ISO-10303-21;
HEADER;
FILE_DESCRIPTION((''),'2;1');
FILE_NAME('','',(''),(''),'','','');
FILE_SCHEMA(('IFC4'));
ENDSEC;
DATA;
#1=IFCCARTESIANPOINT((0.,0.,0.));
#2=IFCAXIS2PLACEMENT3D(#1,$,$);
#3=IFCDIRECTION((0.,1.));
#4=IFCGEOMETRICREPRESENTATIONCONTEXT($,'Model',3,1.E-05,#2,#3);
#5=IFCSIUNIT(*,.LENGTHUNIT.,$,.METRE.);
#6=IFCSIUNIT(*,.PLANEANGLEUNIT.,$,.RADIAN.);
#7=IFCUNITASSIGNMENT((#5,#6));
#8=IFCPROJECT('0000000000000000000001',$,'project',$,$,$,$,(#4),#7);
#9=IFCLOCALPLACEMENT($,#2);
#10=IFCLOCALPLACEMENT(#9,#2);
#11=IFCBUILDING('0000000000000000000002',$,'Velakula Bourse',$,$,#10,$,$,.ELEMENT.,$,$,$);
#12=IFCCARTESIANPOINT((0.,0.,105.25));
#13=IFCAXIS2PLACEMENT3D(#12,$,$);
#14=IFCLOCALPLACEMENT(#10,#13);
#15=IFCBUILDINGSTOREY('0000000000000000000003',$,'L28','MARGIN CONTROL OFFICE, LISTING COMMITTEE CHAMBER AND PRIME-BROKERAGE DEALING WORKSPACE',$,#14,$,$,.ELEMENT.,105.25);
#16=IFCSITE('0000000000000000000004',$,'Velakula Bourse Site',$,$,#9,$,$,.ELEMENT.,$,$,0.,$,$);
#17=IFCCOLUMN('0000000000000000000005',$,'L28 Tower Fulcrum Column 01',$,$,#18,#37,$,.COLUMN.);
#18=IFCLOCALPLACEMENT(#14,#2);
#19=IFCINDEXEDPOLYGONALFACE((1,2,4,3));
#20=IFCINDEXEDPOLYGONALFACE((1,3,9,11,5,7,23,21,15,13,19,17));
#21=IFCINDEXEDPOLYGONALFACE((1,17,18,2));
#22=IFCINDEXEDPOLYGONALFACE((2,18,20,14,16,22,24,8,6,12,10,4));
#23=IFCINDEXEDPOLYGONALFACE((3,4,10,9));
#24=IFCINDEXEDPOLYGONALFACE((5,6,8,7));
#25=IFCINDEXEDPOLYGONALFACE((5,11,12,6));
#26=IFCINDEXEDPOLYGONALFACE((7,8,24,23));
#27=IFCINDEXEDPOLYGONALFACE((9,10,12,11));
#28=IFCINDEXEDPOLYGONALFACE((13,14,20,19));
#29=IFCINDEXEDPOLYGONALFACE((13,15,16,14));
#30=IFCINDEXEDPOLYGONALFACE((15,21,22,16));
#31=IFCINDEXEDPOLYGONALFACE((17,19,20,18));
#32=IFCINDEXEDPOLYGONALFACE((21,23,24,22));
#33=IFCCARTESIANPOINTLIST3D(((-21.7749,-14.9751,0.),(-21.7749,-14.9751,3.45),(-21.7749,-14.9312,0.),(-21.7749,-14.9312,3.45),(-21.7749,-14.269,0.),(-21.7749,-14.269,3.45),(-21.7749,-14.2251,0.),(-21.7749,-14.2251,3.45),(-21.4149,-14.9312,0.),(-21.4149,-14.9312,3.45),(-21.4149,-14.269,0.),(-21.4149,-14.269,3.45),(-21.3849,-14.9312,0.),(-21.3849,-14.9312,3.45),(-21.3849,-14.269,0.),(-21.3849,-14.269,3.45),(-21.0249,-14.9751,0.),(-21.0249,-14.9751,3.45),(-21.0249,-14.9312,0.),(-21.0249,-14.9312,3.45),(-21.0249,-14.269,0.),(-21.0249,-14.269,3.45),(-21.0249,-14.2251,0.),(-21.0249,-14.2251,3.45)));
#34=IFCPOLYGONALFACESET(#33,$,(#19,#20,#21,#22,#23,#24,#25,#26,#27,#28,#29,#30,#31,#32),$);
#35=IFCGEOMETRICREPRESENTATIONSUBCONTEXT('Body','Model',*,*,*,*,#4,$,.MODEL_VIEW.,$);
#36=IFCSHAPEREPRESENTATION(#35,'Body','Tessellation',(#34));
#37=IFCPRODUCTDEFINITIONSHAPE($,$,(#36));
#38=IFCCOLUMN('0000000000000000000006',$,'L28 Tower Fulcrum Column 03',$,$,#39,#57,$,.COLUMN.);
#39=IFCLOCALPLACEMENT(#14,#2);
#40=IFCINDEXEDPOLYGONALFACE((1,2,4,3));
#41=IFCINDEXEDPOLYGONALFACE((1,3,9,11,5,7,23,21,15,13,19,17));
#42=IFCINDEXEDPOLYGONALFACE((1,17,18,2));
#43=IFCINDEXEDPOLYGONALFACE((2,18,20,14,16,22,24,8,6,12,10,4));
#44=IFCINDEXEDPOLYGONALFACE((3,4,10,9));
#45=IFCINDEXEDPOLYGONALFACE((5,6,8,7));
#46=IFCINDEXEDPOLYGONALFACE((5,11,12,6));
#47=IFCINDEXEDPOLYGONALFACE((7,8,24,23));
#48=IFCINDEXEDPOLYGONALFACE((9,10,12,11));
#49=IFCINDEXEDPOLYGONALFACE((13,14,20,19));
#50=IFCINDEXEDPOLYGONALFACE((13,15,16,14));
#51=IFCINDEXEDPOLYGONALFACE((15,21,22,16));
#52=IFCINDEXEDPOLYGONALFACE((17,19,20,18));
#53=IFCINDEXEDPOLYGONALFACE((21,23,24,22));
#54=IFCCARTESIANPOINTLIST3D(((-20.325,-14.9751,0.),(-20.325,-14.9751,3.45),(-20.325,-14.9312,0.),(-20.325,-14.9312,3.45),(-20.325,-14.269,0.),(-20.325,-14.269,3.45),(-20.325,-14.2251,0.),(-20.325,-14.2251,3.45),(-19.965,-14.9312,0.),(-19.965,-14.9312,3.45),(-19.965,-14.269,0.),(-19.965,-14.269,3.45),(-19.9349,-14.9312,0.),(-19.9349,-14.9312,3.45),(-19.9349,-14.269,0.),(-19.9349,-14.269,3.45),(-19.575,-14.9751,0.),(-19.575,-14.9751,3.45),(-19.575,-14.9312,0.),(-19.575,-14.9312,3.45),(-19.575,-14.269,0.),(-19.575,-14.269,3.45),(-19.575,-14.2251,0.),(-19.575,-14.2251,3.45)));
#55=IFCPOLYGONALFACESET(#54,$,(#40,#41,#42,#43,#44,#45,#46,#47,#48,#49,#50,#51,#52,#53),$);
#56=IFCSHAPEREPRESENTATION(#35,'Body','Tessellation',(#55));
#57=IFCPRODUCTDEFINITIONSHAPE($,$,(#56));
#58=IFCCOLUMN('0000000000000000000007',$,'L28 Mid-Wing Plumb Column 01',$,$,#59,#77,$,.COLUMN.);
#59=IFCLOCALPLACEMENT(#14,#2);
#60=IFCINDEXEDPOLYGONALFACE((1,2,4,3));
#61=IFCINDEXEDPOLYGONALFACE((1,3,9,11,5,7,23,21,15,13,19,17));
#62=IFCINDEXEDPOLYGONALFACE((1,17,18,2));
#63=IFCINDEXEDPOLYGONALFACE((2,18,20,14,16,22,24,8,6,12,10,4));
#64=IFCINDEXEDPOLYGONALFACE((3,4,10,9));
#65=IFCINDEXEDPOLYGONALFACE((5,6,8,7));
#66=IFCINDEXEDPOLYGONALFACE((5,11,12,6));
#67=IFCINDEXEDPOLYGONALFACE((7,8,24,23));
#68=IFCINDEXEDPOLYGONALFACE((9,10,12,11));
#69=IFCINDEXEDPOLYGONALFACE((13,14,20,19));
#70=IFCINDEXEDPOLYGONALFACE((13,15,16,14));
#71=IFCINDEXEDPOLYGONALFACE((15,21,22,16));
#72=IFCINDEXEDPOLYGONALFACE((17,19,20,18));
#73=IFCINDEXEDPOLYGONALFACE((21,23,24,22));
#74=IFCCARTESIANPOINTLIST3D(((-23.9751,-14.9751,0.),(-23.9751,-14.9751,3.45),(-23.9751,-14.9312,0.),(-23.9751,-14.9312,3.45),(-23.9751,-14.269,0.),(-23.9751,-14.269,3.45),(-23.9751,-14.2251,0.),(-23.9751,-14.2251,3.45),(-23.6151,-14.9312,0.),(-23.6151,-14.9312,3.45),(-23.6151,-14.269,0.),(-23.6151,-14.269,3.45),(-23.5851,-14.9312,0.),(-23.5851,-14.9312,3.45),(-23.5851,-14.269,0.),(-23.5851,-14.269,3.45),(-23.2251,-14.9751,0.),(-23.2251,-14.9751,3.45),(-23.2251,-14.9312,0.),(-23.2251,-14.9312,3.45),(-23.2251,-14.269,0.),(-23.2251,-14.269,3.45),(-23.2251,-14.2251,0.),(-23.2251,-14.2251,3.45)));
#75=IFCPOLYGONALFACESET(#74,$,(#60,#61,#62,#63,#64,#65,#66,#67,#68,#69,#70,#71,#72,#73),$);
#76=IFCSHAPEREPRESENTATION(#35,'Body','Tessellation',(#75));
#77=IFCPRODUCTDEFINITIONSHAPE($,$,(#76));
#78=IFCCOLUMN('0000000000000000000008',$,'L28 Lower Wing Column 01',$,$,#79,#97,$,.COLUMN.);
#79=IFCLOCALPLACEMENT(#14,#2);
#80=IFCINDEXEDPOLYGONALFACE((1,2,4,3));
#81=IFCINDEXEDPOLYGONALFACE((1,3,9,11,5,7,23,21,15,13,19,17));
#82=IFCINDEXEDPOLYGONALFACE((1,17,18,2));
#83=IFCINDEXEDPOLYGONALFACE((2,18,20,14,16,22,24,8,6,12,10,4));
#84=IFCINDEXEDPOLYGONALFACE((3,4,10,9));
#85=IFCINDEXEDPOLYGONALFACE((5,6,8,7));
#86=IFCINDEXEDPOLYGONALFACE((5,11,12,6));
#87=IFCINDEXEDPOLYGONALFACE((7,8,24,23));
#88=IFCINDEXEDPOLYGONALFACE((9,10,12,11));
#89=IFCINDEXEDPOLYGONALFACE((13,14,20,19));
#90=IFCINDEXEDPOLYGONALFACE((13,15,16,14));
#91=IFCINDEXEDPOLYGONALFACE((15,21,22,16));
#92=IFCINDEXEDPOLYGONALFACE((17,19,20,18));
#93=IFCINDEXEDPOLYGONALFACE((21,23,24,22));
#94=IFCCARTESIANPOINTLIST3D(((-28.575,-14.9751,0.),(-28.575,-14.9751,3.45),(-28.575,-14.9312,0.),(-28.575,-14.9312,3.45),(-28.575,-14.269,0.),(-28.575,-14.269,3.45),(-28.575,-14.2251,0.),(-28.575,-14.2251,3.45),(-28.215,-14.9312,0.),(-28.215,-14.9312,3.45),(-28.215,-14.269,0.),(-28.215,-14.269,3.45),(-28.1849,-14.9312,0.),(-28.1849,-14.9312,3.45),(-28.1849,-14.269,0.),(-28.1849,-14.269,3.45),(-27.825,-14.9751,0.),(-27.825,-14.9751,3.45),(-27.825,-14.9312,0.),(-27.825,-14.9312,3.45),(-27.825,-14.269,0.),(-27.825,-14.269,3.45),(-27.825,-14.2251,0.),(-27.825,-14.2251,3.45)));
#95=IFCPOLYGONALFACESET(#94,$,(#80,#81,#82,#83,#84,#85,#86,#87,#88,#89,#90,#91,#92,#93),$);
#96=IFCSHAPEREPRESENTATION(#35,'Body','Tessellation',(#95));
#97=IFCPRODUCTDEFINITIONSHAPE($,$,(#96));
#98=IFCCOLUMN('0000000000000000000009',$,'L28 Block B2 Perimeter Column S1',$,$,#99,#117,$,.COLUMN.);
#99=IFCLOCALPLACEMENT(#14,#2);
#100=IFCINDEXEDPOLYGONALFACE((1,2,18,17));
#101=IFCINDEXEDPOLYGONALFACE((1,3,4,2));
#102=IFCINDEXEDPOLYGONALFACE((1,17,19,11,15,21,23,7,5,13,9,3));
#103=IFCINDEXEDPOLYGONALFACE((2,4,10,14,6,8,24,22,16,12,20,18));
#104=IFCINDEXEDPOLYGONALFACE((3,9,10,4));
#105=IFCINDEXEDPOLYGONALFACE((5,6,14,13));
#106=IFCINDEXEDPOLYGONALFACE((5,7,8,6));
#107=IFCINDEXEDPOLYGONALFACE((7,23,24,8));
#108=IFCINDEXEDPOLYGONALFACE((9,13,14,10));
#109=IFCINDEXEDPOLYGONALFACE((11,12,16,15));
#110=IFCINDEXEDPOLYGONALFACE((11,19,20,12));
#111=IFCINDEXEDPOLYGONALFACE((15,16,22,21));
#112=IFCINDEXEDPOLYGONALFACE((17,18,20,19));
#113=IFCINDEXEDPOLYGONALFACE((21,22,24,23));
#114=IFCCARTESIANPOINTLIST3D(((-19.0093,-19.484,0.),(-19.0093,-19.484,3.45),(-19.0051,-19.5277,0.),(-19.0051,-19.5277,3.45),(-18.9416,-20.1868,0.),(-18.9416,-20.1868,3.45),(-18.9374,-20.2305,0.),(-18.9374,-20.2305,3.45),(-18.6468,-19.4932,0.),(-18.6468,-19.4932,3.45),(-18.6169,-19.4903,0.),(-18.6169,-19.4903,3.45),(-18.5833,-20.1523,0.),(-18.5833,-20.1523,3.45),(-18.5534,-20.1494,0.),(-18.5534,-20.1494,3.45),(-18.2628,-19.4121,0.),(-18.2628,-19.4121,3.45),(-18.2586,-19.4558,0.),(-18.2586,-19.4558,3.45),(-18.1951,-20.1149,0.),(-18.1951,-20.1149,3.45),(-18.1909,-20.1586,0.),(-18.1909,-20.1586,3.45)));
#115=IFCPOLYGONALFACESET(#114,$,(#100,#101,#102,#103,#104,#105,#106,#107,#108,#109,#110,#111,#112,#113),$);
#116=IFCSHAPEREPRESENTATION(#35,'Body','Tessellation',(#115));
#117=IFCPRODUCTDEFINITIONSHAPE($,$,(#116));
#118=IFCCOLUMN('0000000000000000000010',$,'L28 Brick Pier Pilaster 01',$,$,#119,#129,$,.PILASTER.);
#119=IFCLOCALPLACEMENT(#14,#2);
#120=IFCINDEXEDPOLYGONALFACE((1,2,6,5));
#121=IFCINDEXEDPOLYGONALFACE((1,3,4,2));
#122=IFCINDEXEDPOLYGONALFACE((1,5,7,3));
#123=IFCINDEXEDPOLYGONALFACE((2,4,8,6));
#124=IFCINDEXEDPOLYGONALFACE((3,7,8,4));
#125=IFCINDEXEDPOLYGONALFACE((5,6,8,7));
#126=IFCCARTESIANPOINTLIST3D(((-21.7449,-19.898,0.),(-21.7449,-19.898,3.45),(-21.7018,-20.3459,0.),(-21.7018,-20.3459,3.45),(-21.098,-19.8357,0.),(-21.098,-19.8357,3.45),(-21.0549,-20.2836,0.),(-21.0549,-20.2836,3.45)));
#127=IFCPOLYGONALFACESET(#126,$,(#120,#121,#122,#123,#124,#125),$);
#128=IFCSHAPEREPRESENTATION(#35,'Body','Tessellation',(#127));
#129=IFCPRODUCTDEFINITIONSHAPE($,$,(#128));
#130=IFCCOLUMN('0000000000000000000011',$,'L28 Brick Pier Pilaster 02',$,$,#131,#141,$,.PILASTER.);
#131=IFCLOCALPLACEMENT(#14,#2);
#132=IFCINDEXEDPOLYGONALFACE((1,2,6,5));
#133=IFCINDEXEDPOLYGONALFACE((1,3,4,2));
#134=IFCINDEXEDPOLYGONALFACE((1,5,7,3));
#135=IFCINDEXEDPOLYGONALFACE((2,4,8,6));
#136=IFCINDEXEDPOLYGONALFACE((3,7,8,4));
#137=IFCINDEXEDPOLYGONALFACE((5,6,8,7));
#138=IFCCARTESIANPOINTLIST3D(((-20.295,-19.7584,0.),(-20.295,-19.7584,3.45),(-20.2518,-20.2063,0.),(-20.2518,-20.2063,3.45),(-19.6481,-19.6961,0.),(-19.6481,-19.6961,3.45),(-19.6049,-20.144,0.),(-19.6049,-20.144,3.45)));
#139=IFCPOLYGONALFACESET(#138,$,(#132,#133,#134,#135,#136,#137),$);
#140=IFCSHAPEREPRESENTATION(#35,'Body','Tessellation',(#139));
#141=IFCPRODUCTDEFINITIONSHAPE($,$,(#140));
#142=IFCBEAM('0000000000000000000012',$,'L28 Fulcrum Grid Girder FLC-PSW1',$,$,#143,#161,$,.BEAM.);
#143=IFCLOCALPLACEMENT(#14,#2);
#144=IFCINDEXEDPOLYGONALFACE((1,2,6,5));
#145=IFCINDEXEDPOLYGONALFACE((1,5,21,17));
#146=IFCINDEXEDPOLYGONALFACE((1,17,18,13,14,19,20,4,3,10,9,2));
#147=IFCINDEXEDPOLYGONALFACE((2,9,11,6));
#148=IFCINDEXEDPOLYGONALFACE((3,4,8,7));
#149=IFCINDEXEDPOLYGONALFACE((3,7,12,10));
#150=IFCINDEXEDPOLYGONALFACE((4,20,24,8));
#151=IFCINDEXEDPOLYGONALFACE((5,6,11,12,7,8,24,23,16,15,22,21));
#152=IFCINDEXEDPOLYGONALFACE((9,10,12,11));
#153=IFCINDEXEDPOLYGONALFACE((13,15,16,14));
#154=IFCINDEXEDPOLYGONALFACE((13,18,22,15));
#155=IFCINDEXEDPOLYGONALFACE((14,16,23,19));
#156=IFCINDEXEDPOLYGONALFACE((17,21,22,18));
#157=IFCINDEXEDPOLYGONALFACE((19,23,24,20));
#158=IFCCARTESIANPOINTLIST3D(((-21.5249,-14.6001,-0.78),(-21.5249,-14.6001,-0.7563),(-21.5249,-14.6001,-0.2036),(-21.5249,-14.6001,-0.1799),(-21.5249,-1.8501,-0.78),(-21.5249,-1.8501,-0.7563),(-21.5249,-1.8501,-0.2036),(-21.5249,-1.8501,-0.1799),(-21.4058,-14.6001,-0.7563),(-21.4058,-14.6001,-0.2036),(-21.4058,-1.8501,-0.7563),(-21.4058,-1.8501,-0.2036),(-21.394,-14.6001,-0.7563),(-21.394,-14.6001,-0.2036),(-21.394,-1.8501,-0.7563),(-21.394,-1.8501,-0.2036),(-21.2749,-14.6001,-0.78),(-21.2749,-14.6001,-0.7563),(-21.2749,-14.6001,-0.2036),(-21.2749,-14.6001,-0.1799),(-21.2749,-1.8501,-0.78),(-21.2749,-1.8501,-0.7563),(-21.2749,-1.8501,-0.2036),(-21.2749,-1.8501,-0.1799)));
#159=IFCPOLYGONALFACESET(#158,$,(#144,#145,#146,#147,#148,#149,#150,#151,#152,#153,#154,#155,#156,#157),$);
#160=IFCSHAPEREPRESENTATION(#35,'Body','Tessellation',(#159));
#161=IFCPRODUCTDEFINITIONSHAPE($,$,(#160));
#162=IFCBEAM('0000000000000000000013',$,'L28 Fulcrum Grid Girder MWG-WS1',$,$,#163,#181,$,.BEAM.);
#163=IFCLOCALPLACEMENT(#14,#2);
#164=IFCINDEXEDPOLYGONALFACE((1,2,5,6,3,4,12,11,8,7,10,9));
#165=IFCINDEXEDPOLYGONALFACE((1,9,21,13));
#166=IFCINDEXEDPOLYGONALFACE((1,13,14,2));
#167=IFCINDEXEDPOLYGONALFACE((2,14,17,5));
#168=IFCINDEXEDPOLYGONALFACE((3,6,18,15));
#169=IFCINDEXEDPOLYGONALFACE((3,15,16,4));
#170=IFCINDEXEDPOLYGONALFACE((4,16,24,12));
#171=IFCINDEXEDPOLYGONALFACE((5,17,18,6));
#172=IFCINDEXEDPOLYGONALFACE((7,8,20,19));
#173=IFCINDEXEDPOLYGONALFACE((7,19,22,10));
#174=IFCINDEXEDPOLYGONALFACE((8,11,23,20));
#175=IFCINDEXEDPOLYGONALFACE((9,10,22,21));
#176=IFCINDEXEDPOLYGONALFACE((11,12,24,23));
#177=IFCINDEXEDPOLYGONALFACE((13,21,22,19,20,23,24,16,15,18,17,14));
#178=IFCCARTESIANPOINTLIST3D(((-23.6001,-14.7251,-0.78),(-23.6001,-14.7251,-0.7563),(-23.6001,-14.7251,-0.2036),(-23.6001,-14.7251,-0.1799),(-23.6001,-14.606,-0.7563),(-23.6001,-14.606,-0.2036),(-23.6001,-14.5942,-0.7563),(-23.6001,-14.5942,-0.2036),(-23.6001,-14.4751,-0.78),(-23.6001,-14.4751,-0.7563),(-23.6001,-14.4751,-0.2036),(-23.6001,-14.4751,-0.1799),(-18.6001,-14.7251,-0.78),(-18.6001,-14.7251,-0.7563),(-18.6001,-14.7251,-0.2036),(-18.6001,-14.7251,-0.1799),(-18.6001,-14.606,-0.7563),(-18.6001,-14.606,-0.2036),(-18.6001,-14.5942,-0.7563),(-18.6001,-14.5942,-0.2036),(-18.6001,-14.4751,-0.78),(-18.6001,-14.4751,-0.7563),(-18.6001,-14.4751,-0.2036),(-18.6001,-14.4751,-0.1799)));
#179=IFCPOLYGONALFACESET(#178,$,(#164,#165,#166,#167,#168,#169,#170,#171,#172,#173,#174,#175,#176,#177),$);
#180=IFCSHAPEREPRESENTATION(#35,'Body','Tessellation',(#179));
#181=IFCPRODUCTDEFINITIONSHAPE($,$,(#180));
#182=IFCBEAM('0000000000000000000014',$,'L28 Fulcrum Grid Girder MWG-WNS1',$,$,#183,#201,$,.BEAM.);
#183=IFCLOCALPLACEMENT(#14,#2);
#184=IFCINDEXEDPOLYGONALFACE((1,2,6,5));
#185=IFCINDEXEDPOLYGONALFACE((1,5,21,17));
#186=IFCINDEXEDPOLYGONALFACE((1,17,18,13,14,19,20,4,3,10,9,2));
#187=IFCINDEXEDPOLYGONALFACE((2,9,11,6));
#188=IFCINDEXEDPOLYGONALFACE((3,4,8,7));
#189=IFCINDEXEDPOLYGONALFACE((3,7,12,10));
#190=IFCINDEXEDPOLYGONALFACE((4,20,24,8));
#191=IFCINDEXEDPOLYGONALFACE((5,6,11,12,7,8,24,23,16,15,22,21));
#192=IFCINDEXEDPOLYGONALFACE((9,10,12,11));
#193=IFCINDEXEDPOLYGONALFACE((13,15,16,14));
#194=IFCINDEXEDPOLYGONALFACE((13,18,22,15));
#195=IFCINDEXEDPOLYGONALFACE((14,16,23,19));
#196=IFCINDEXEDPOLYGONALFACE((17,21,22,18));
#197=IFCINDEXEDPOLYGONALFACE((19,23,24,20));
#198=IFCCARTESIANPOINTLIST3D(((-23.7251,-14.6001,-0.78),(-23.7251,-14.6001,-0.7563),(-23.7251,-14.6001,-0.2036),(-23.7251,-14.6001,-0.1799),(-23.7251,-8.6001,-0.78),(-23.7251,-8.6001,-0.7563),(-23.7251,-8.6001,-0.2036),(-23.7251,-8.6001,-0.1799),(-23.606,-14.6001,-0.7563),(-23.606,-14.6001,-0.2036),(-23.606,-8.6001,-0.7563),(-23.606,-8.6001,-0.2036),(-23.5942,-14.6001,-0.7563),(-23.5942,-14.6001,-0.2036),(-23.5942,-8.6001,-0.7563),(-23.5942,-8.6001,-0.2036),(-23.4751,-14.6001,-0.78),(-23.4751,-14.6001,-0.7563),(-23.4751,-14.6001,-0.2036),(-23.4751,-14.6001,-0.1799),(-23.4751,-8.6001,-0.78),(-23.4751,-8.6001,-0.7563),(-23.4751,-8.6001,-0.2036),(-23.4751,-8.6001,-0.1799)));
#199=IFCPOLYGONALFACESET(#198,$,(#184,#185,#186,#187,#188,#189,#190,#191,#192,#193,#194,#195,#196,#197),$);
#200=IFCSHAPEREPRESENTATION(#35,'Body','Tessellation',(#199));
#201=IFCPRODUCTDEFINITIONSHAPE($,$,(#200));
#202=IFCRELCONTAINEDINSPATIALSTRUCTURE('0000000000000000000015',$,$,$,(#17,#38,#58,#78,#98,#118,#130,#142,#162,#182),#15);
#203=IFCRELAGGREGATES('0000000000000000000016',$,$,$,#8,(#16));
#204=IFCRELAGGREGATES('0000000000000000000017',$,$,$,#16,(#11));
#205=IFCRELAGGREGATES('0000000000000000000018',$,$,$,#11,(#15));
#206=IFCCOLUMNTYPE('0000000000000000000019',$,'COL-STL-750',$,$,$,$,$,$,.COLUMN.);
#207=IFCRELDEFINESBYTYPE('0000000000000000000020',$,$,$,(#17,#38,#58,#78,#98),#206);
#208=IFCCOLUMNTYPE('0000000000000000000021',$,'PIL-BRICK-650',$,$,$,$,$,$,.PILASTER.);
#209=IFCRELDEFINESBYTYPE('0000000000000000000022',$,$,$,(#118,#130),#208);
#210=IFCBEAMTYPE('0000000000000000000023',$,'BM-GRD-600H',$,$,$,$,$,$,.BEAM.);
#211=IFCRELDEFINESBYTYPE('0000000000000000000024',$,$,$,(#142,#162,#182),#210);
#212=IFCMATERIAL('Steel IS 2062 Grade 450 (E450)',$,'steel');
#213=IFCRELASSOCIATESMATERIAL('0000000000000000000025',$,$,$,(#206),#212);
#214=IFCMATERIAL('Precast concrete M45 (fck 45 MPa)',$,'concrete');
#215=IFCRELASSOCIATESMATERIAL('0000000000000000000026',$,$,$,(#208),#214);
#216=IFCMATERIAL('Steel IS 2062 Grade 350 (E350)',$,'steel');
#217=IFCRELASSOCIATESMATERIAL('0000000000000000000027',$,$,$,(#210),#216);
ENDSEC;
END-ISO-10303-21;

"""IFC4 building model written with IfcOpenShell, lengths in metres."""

from ifc_helpers import new_model, si_unit, direction, frame, origin, origin_2d, place, context, subcontext, project, spatial, rectangle, i_section, extrude, material, material_profile, profile_set, type_object, element, save


model = new_model("IFC4")

# Units and contexts
model_context = context("Model", 3, precision=1e-05, world=origin(), true_north=direction((0.0, 1.0)))
body_context = subcontext(model_context, "Body", "Model", "MODEL_VIEW")
ifc_project = project(units=[si_unit("LENGTHUNIT", "METRE"), si_unit("PLANEANGLEUNIT", "RADIAN")], contexts=[model_context])

# Site, building, storey
site_placement = place(None, origin())
site = spatial("IfcSite", under=ifc_project, at=site_placement, Name="Velakula Bourse Site", CompositionType="ELEMENT", RefElevation=0.0)
building_placement = place(site_placement, origin())
building = spatial("IfcBuilding", under=site, at=building_placement, Name="Velakula Bourse", CompositionType="ELEMENT")
storey_placement = place(building_placement, frame((0.0, 0.0, 105.25)))
storey = spatial("IfcBuildingStorey", under=building, at=storey_placement, Name="L28", Description="MARGIN CONTROL OFFICE, LISTING COMMITTEE CHAMBER AND PRIME-BROKERAGE DEALING WORKSPACE", CompositionType="ELEMENT", Elevation=105.25)

# Columns
ifc_material_1 = material(Name="Steel IS 2062 Grade 450 (E450)", Category="steel")
ifc_material_profile_1 = material_profile(ifc_material_1, i_section(OverallWidth=0.75, OverallDepth=0.75, WebThickness=0.03, FlangeThickness=0.0439, at=origin_2d()), Name="Steel IS 2062 Grade 450 (E450)")
ifc_profile_set_1 = profile_set([ifc_material_profile_1], Name="Steel IS 2062 Grade 450 (E450)")
column_type_1 = type_object("IfcColumnType", Name="COL-STL-750", PredefinedType="COLUMN", material=ifc_profile_set_1)
for number, where, z_axis, x_axis, name in (
    (1, (-21.3999, -14.6001, 0.0), (0.0, 0.0, 1.0), (1.0, 0.0, 0.0), "L28 Tower Fulcrum Column 01"),
    (2, (-19.95, -14.6001, 0.0), (0.0, 0.0, 1.0), (1.0, 0.0, 0.0), "L28 Tower Fulcrum Column 03"),
    (3, (-23.6001, -14.6001, 0.0), (0.0, 0.0, 1.0), (1.0, 0.0, 0.0), "L28 Mid-Wing Plumb Column 01"),
    (4, (-28.2, -14.6001, 0.0), (0.0, 0.0, 1.0), (1.0, 0.0, 0.0), "L28 Lower Wing Column 01"),
    (5, (-18.6001, -19.8213, 0.0), (0.0, 0.0, 1.0), (0.995396, 0.095846, 0.0), "L28 Block B2 Perimeter Column S1"),
):
    element("IfcColumn", number, at=place(storey_placement, frame(where, z_axis=z_axis, x_axis=x_axis)), inside=storey, type_object=column_type_1, Name=name, PredefinedType="COLUMN", context=body_context, shape_type="SweptSolid", body=[
        extrude(i_section(OverallWidth=0.75, OverallDepth=0.75, WebThickness=0.03, FlangeThickness=0.0439, at=origin_2d()), origin(), (0.0, 0.0, 1.0), 3.45),
    ])
ifc_material_2 = material(Name="Precast concrete M45 (fck 45 MPa)", Category="concrete")
ifc_material_profile_2 = material_profile(ifc_material_2, rectangle(XDim=0.6499, YDim=0.45, at=origin_2d()), Name="Precast concrete M45 (fck 45 MPa)")
ifc_profile_set_2 = profile_set([ifc_material_profile_2], Name="Precast concrete M45 (fck 45 MPa)")
column_type_2 = type_object("IfcColumnType", Name="PIL-BRICK-650", PredefinedType="PILASTER", material=ifc_profile_set_2)
for number, where, z_axis, x_axis, name in (
    (6, (-21.3999, -20.0908, 0.0), (0.0, 0.0, 1.0), (0.995396, 0.095846, 0.0), "L28 Brick Pier Pilaster 01"),
    (7, (-19.95, -19.9512, 0.0), (0.0, 0.0, 1.0), (0.995396, 0.095846, 0.0), "L28 Brick Pier Pilaster 02"),
):
    element("IfcColumn", number, at=place(storey_placement, frame(where, z_axis=z_axis, x_axis=x_axis)), inside=storey, type_object=column_type_2, Name=name, PredefinedType="PILASTER", context=body_context, shape_type="SweptSolid", body=[
        extrude(rectangle(XDim=0.6499, YDim=0.45, at=origin_2d()), origin(), (0.0, 0.0, 1.0), 3.45),
    ])

# Beams
ifc_material_3 = material(Name="Steel IS 2062 Grade 350 (E350)", Category="steel")
ifc_material_profile_3 = material_profile(ifc_material_3, i_section(OverallWidth=0.25, OverallDepth=0.6001, WebThickness=0.0117, FlangeThickness=0.0237, at=origin_2d()), Name="Steel IS 2062 Grade 350 (E350)")
ifc_profile_set_3 = profile_set([ifc_material_profile_3], Name="Steel IS 2062 Grade 350 (E350)")
beam_type_1 = type_object("IfcBeamType", Name="BM-GRD-600H", PredefinedType="BEAM", material=ifc_profile_set_3)
beam_1_placement = place(storey_placement, frame((-21.3999, -14.6001, -0.48), z_axis=(0.0, 1.0, 0.0), x_axis=(-1.0, 0.0, 0.0)))
element("IfcBeam", 8, at=beam_1_placement, inside=storey, type_object=beam_type_1, Name="L28 Fulcrum Grid Girder FLC-PSW1", PredefinedType="BEAM", context=body_context, shape_type="SweptSolid", body=[
    extrude(i_section(OverallWidth=0.25, OverallDepth=0.6001, WebThickness=0.0117, FlangeThickness=0.0237, at=origin_2d()), origin(), (0.0, 0.0, 1.0), 12.75),
])
beam_2_placement = place(storey_placement, frame((-23.6001, -14.6001, -0.48), z_axis=(1.0, 0.0, 0.0), x_axis=(0.0, 1.0, 0.0)))
element("IfcBeam", 9, at=beam_2_placement, inside=storey, type_object=beam_type_1, Name="L28 Fulcrum Grid Girder MWG-WS1", PredefinedType="BEAM", context=body_context, shape_type="SweptSolid", body=[
    extrude(i_section(OverallWidth=0.25, OverallDepth=0.6001, WebThickness=0.0117, FlangeThickness=0.0237, at=origin_2d()), origin(), (0.0, 0.0, 1.0), 5.0),
])
beam_3_placement = place(storey_placement, frame((-23.6001, -14.6001, -0.48), z_axis=(0.0, 1.0, 0.0), x_axis=(-1.0, 0.0, 0.0)))
element("IfcBeam", 10, at=beam_3_placement, inside=storey, type_object=beam_type_1, Name="L28 Fulcrum Grid Girder MWG-WNS1", PredefinedType="BEAM", context=body_context, shape_type="SweptSolid", body=[
    extrude(i_section(OverallWidth=0.25, OverallDepth=0.6001, WebThickness=0.0117, FlangeThickness=0.0237, at=origin_2d()), origin(), (0.0, 0.0, 1.0), 6.0),
])

save(model, "model.ifc")
